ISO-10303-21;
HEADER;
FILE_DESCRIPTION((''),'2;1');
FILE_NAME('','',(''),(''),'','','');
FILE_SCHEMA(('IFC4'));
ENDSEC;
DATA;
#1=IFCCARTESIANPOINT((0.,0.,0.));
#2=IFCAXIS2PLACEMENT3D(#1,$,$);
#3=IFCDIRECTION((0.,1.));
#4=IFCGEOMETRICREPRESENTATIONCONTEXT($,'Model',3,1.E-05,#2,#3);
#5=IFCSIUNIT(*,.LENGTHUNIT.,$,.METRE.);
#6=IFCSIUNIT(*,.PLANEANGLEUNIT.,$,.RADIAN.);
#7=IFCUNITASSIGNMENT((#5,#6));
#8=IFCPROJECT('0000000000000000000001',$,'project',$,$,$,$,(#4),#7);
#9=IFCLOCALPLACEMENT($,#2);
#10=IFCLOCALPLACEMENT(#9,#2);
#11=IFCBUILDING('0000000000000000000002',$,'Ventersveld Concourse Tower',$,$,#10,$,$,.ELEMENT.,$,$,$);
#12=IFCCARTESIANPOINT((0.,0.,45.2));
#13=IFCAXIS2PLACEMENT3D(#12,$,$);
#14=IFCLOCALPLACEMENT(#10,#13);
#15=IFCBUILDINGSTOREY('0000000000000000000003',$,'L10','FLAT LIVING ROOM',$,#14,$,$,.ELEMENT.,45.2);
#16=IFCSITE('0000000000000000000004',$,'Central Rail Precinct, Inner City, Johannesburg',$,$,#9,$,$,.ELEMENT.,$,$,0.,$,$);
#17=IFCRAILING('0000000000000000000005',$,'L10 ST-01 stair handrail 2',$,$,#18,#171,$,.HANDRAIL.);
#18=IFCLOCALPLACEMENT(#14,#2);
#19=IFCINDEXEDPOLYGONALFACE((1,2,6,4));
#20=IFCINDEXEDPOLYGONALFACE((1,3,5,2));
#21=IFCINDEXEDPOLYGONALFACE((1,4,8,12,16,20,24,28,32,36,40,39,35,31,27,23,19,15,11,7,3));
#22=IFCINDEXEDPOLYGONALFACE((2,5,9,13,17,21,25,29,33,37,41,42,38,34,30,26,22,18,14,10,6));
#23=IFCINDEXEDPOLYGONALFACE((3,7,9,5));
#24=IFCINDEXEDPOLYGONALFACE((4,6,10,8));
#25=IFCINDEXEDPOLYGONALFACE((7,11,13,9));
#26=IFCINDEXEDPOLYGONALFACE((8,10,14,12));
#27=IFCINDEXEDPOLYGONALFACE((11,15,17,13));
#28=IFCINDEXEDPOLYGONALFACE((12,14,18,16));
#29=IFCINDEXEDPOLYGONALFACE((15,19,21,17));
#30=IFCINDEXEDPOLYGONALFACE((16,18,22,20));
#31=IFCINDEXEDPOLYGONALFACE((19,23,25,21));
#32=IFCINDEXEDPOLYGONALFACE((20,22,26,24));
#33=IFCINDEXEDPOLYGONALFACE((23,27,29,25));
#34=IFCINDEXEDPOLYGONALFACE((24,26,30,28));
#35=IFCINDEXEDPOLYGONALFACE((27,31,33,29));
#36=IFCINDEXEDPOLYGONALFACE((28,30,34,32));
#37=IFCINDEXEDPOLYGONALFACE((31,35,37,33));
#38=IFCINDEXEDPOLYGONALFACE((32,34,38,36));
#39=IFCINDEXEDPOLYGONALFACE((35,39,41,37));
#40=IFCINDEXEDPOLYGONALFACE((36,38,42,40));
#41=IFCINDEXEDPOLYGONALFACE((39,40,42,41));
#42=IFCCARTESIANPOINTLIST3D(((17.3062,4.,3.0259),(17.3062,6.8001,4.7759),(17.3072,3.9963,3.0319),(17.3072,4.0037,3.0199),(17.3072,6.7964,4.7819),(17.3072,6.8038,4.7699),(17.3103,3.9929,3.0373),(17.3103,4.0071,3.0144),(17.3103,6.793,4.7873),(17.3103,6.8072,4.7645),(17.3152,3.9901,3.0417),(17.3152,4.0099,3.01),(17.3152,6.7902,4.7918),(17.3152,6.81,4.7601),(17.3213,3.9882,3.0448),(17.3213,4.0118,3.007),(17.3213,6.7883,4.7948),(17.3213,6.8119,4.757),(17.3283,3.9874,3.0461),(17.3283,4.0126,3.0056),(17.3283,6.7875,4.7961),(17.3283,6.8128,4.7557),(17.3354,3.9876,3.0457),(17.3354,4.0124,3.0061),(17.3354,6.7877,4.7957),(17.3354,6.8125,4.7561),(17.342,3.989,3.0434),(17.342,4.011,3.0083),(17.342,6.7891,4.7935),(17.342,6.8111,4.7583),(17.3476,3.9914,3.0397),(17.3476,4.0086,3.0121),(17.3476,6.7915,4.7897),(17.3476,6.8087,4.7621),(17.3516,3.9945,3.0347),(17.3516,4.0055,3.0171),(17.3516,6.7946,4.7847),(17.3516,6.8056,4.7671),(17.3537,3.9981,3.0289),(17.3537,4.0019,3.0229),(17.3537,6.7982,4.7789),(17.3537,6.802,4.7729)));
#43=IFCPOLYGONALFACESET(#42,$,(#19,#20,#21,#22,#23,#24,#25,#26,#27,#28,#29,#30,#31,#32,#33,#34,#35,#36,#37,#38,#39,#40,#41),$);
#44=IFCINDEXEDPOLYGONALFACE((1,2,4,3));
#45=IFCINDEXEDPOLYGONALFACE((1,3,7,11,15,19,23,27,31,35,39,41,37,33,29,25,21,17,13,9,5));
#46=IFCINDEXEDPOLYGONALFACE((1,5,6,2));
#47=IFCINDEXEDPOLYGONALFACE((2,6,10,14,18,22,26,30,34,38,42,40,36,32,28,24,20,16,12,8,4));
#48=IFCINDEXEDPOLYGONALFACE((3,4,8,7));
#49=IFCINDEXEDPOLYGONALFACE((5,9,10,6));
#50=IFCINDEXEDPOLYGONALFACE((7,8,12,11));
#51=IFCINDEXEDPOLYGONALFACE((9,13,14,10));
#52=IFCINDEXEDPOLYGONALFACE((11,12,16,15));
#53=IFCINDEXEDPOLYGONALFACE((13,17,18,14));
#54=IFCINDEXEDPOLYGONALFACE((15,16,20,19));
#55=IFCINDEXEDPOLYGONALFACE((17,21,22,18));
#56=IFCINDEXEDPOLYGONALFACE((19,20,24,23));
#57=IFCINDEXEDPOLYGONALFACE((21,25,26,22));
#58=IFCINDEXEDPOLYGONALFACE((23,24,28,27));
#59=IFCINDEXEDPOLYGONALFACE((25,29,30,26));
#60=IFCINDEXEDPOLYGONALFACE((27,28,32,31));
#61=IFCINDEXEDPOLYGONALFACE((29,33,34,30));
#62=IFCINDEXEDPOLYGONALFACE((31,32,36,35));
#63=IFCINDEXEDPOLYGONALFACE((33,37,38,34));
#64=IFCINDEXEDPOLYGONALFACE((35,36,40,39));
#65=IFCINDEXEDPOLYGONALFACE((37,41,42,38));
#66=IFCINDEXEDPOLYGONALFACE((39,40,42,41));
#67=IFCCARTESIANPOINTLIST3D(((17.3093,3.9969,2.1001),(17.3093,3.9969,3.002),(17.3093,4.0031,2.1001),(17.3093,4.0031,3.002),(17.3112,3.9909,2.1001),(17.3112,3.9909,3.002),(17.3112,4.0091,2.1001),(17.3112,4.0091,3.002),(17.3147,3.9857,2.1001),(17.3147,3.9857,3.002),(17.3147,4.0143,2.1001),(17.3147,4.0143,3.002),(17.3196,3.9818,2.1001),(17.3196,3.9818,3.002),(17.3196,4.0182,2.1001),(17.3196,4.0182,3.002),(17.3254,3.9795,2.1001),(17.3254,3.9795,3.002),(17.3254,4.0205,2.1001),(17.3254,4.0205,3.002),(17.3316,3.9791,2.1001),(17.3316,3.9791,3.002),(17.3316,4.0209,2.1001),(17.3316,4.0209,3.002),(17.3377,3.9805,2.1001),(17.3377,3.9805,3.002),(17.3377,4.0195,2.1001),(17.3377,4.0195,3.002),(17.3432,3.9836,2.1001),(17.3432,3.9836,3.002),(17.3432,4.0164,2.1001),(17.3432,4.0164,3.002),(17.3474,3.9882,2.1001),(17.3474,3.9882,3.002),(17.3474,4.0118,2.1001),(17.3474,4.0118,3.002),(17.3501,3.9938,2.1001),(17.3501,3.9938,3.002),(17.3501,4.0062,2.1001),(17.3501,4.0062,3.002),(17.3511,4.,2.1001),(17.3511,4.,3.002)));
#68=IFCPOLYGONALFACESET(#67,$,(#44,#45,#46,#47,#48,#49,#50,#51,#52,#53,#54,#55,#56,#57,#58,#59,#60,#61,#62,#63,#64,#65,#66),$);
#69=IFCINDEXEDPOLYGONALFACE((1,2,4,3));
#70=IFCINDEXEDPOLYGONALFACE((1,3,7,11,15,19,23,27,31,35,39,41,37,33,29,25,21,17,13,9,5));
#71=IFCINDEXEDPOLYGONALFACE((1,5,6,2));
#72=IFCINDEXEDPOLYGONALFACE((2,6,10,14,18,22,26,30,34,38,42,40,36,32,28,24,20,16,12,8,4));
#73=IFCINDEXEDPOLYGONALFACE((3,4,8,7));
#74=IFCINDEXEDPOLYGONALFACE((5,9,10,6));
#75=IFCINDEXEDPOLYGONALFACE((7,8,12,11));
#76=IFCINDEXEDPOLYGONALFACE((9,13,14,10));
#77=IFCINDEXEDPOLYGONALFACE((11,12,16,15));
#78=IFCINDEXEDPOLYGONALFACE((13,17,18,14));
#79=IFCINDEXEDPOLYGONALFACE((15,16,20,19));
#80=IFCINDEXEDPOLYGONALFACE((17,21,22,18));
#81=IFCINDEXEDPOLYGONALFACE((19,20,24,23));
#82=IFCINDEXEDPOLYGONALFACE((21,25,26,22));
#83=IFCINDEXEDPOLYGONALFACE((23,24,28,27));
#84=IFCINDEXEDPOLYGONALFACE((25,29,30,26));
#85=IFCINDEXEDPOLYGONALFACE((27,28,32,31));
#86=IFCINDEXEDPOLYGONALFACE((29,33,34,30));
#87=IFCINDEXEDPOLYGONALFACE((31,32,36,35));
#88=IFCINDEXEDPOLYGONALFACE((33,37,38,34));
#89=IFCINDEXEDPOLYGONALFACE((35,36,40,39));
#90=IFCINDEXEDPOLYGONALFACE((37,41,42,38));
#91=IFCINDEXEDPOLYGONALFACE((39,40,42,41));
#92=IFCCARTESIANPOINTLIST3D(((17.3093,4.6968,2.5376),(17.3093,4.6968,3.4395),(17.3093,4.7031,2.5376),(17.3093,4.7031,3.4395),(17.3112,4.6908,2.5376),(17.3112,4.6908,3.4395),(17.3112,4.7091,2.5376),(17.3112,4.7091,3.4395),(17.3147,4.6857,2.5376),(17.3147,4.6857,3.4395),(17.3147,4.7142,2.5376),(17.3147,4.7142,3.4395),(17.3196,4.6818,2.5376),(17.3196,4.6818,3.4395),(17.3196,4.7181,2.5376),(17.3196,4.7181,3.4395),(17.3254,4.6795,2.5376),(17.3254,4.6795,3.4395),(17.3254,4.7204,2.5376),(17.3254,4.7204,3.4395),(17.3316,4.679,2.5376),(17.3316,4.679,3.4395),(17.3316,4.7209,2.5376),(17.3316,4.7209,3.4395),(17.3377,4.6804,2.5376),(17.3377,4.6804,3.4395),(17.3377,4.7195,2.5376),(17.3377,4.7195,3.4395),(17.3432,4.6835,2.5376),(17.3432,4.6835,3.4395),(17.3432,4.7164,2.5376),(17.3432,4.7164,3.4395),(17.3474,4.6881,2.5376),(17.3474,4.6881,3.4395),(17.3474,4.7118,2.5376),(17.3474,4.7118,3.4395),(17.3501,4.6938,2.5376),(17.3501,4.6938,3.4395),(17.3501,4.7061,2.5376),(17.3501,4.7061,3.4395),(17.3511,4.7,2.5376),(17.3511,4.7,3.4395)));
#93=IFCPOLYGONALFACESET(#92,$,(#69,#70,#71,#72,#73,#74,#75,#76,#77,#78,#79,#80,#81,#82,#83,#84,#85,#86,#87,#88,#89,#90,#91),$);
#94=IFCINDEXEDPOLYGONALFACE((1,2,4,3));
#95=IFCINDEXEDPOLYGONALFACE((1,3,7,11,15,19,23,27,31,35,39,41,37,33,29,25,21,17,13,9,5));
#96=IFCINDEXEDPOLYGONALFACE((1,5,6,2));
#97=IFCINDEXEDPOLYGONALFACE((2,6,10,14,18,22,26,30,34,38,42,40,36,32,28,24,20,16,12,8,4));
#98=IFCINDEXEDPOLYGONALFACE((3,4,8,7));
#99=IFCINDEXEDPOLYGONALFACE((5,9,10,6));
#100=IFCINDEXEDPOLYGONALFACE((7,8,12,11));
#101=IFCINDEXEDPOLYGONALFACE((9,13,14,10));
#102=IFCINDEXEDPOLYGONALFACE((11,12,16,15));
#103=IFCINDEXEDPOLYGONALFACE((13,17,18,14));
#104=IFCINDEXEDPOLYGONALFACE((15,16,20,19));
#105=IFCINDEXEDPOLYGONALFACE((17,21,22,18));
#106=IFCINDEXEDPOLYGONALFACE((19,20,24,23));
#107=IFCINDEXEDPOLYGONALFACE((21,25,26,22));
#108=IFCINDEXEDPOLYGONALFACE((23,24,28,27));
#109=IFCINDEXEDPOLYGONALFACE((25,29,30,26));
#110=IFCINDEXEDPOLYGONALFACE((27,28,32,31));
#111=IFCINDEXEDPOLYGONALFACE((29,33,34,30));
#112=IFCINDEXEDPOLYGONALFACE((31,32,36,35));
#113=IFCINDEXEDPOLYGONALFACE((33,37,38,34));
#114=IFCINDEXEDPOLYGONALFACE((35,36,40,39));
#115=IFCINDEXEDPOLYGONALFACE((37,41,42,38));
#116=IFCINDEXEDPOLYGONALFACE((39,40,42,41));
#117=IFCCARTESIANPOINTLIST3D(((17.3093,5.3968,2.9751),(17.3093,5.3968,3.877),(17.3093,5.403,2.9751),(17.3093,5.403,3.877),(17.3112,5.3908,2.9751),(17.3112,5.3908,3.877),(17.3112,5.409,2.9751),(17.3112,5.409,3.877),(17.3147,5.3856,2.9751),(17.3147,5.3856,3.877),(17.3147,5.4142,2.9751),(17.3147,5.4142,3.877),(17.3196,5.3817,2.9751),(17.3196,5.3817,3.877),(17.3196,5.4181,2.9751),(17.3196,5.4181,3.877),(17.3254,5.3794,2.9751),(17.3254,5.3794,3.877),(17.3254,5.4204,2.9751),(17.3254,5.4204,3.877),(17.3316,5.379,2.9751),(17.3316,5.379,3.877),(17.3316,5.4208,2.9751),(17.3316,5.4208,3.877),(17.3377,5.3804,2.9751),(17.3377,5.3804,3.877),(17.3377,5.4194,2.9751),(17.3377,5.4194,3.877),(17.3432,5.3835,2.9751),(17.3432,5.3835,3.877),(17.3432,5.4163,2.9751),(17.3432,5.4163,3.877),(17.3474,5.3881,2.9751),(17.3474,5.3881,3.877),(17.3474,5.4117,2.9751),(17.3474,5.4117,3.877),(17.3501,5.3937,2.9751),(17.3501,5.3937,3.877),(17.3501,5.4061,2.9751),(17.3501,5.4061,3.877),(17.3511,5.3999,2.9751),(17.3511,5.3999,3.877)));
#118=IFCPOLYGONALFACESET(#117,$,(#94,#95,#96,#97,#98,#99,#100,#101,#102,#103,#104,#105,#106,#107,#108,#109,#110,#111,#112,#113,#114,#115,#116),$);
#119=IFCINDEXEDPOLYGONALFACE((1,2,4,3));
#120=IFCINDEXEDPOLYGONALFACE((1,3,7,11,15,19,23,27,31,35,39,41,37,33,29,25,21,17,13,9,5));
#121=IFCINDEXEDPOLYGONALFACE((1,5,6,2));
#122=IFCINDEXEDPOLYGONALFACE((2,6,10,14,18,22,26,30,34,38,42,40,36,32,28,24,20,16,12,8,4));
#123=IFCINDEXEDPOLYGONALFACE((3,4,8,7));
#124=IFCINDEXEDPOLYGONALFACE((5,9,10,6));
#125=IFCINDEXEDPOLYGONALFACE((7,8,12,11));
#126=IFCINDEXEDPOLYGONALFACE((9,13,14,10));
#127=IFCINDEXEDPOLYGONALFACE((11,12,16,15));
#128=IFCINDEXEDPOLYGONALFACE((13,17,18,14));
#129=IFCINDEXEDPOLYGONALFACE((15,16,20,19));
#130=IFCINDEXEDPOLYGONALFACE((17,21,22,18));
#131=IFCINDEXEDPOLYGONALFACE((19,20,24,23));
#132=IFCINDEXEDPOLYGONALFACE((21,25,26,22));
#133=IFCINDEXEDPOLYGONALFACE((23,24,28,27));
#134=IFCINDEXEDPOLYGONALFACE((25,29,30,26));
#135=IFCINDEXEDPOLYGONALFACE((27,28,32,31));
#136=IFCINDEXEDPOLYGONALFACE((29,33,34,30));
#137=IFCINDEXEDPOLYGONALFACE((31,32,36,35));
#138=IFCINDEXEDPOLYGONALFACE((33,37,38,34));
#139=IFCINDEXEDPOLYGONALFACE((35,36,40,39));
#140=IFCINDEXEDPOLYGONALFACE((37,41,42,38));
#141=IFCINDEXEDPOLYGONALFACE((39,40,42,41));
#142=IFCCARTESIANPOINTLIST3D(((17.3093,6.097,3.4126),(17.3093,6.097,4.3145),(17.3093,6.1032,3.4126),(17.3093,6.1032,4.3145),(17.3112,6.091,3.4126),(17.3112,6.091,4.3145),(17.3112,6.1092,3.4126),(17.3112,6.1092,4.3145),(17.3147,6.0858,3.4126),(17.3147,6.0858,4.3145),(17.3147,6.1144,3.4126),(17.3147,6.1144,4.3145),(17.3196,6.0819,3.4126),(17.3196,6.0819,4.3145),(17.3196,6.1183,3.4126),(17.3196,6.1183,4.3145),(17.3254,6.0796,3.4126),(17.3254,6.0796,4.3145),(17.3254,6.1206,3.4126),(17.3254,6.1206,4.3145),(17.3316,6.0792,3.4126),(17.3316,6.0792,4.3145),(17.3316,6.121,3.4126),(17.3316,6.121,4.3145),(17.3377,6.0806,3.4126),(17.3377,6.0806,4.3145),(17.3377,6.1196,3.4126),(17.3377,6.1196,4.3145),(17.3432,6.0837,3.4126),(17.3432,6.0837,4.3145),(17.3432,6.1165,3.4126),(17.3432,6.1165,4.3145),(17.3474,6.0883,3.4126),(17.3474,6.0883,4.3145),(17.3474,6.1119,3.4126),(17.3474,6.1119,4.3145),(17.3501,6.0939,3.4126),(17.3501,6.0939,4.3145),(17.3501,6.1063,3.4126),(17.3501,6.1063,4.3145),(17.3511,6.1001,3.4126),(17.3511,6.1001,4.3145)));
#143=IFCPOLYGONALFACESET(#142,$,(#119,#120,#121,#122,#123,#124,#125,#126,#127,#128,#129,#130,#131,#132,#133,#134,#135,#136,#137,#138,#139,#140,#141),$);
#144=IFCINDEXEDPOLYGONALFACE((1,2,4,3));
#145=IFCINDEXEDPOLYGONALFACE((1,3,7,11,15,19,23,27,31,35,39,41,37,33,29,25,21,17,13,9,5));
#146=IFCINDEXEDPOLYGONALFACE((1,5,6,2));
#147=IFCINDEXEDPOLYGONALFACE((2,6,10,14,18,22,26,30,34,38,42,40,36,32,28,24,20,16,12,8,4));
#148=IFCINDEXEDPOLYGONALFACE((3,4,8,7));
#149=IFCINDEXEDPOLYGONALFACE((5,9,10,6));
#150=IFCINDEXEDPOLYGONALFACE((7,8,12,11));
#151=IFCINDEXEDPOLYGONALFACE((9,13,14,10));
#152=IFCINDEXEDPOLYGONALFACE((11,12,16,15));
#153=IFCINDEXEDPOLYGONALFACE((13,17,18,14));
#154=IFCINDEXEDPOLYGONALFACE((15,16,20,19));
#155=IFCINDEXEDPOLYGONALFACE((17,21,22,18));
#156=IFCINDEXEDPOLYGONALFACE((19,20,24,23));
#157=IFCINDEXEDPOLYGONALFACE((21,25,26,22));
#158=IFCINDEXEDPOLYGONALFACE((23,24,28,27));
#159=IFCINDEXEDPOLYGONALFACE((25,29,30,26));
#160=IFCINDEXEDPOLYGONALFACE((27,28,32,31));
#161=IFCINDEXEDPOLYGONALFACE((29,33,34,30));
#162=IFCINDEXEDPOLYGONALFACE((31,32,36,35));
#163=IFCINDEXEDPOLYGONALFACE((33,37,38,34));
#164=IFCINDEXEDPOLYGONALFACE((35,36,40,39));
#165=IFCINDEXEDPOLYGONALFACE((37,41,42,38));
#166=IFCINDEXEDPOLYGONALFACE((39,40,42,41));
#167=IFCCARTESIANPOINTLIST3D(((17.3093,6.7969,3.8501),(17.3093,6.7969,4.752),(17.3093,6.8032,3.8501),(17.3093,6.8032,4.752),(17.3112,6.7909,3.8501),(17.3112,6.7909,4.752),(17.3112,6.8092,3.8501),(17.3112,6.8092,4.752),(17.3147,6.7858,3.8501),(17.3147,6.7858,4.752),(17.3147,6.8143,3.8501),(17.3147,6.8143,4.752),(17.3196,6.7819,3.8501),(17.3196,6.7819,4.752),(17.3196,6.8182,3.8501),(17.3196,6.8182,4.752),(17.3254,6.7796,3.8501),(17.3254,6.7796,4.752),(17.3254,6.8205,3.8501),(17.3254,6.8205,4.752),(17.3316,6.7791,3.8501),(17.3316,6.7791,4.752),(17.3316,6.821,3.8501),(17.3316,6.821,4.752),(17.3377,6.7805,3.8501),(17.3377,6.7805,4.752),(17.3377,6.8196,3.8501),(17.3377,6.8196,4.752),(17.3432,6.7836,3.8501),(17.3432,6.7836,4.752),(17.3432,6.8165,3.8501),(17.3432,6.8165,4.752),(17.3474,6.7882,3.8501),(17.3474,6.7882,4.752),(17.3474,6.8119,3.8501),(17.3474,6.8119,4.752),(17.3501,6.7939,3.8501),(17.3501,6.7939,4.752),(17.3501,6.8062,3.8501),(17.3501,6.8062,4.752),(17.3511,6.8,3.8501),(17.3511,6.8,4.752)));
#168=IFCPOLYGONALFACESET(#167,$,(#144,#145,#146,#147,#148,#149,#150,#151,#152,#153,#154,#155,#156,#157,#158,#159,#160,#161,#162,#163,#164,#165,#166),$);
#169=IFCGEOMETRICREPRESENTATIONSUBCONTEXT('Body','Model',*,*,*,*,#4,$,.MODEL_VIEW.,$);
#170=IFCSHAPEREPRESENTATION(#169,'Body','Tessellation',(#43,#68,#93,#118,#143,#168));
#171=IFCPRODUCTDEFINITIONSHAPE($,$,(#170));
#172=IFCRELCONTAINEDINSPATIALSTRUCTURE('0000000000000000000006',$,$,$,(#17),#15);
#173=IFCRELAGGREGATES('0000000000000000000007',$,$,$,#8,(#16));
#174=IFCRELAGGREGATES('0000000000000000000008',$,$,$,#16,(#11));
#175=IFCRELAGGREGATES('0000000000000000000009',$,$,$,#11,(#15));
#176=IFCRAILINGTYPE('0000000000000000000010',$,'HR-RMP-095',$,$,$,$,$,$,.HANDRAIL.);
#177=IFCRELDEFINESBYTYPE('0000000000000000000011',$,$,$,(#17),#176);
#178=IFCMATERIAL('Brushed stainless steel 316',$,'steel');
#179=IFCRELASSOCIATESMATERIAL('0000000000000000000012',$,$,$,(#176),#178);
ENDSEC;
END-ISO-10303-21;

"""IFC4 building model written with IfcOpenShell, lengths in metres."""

from ifc_helpers import new_model, si_unit, direction, frame, origin, origin_2d, place, context, subcontext, project, spatial, circle, extrude, material, type_object, element, save


model = new_model("IFC4")

# Units and contexts
model_context = context("Model", 3, precision=1e-05, world=origin(), true_north=direction((0.0, 1.0)))
body_context = subcontext(model_context, "Body", "Model", "MODEL_VIEW")
ifc_project = project(units=[si_unit("LENGTHUNIT", "METRE"), si_unit("PLANEANGLEUNIT", "RADIAN")], contexts=[model_context])

# Site, building, storey
site_placement = place(None, origin())
site = spatial("IfcSite", under=ifc_project, at=site_placement, Name="Central Rail Precinct, Inner City, Johannesburg", CompositionType="ELEMENT", RefElevation=0.0)
building_placement = place(site_placement, origin())
building = spatial("IfcBuilding", under=site, at=building_placement, Name="Ventersveld Concourse Tower", CompositionType="ELEMENT")
storey_placement = place(building_placement, frame((0.0, 0.0, 45.2)))
storey = spatial("IfcBuildingStorey", under=building, at=storey_placement, Name="L10", Description="FLAT LIVING ROOM", CompositionType="ELEMENT", Elevation=45.2)

# Shared definitions
ifc_material_1 = material(Name="Brushed stainless steel 316", Category="steel")

# Railing
railing_type_1 = type_object("IfcRailingType", Name="HR-RMP-095", PredefinedType="HANDRAIL", material=ifc_material_1)
railing_1_placement = place(storey_placement, frame((17.3301, 4.0, 2.1001)))
element("IfcRailing", 1, at=railing_1_placement, inside=storey, type_object=railing_type_1, Name="L10 ST-01 stair handrail 2", PredefinedType="HANDRAIL", context=body_context, shape_type="SweptSolid", body=[
    extrude(circle(Radius=0.0239, at=origin_2d()), frame((0.0, 0.0, 0.9258), z_axis=(0.0, 0.848002, 0.529992), x_axis=(-1.0, 0.0, 0.0)), (0.0, 0.0, 1.0), 3.302),
    extrude(circle(Radius=0.021, at=origin_2d()), origin(), (0.0, 0.0, 1.0), 0.9019),
    extrude(circle(Radius=0.021, at=origin_2d()), frame((0.0, 0.7, 0.4375)), (0.0, 0.0, 1.0), 0.9019),
    extrude(circle(Radius=0.021, at=origin_2d()), frame((0.0, 1.3999, 0.875)), (0.0, 0.0, 1.0), 0.9019),
    extrude(circle(Radius=0.021, at=origin_2d()), frame((0.0, 2.1001, 1.3125)), (0.0, 0.0, 1.0), 0.9019),
    extrude(circle(Radius=0.021, at=origin_2d()), frame((0.0, 2.8, 1.75)), (0.0, 0.0, 1.0), 0.9019),
])

save(model, "model.ifc")
